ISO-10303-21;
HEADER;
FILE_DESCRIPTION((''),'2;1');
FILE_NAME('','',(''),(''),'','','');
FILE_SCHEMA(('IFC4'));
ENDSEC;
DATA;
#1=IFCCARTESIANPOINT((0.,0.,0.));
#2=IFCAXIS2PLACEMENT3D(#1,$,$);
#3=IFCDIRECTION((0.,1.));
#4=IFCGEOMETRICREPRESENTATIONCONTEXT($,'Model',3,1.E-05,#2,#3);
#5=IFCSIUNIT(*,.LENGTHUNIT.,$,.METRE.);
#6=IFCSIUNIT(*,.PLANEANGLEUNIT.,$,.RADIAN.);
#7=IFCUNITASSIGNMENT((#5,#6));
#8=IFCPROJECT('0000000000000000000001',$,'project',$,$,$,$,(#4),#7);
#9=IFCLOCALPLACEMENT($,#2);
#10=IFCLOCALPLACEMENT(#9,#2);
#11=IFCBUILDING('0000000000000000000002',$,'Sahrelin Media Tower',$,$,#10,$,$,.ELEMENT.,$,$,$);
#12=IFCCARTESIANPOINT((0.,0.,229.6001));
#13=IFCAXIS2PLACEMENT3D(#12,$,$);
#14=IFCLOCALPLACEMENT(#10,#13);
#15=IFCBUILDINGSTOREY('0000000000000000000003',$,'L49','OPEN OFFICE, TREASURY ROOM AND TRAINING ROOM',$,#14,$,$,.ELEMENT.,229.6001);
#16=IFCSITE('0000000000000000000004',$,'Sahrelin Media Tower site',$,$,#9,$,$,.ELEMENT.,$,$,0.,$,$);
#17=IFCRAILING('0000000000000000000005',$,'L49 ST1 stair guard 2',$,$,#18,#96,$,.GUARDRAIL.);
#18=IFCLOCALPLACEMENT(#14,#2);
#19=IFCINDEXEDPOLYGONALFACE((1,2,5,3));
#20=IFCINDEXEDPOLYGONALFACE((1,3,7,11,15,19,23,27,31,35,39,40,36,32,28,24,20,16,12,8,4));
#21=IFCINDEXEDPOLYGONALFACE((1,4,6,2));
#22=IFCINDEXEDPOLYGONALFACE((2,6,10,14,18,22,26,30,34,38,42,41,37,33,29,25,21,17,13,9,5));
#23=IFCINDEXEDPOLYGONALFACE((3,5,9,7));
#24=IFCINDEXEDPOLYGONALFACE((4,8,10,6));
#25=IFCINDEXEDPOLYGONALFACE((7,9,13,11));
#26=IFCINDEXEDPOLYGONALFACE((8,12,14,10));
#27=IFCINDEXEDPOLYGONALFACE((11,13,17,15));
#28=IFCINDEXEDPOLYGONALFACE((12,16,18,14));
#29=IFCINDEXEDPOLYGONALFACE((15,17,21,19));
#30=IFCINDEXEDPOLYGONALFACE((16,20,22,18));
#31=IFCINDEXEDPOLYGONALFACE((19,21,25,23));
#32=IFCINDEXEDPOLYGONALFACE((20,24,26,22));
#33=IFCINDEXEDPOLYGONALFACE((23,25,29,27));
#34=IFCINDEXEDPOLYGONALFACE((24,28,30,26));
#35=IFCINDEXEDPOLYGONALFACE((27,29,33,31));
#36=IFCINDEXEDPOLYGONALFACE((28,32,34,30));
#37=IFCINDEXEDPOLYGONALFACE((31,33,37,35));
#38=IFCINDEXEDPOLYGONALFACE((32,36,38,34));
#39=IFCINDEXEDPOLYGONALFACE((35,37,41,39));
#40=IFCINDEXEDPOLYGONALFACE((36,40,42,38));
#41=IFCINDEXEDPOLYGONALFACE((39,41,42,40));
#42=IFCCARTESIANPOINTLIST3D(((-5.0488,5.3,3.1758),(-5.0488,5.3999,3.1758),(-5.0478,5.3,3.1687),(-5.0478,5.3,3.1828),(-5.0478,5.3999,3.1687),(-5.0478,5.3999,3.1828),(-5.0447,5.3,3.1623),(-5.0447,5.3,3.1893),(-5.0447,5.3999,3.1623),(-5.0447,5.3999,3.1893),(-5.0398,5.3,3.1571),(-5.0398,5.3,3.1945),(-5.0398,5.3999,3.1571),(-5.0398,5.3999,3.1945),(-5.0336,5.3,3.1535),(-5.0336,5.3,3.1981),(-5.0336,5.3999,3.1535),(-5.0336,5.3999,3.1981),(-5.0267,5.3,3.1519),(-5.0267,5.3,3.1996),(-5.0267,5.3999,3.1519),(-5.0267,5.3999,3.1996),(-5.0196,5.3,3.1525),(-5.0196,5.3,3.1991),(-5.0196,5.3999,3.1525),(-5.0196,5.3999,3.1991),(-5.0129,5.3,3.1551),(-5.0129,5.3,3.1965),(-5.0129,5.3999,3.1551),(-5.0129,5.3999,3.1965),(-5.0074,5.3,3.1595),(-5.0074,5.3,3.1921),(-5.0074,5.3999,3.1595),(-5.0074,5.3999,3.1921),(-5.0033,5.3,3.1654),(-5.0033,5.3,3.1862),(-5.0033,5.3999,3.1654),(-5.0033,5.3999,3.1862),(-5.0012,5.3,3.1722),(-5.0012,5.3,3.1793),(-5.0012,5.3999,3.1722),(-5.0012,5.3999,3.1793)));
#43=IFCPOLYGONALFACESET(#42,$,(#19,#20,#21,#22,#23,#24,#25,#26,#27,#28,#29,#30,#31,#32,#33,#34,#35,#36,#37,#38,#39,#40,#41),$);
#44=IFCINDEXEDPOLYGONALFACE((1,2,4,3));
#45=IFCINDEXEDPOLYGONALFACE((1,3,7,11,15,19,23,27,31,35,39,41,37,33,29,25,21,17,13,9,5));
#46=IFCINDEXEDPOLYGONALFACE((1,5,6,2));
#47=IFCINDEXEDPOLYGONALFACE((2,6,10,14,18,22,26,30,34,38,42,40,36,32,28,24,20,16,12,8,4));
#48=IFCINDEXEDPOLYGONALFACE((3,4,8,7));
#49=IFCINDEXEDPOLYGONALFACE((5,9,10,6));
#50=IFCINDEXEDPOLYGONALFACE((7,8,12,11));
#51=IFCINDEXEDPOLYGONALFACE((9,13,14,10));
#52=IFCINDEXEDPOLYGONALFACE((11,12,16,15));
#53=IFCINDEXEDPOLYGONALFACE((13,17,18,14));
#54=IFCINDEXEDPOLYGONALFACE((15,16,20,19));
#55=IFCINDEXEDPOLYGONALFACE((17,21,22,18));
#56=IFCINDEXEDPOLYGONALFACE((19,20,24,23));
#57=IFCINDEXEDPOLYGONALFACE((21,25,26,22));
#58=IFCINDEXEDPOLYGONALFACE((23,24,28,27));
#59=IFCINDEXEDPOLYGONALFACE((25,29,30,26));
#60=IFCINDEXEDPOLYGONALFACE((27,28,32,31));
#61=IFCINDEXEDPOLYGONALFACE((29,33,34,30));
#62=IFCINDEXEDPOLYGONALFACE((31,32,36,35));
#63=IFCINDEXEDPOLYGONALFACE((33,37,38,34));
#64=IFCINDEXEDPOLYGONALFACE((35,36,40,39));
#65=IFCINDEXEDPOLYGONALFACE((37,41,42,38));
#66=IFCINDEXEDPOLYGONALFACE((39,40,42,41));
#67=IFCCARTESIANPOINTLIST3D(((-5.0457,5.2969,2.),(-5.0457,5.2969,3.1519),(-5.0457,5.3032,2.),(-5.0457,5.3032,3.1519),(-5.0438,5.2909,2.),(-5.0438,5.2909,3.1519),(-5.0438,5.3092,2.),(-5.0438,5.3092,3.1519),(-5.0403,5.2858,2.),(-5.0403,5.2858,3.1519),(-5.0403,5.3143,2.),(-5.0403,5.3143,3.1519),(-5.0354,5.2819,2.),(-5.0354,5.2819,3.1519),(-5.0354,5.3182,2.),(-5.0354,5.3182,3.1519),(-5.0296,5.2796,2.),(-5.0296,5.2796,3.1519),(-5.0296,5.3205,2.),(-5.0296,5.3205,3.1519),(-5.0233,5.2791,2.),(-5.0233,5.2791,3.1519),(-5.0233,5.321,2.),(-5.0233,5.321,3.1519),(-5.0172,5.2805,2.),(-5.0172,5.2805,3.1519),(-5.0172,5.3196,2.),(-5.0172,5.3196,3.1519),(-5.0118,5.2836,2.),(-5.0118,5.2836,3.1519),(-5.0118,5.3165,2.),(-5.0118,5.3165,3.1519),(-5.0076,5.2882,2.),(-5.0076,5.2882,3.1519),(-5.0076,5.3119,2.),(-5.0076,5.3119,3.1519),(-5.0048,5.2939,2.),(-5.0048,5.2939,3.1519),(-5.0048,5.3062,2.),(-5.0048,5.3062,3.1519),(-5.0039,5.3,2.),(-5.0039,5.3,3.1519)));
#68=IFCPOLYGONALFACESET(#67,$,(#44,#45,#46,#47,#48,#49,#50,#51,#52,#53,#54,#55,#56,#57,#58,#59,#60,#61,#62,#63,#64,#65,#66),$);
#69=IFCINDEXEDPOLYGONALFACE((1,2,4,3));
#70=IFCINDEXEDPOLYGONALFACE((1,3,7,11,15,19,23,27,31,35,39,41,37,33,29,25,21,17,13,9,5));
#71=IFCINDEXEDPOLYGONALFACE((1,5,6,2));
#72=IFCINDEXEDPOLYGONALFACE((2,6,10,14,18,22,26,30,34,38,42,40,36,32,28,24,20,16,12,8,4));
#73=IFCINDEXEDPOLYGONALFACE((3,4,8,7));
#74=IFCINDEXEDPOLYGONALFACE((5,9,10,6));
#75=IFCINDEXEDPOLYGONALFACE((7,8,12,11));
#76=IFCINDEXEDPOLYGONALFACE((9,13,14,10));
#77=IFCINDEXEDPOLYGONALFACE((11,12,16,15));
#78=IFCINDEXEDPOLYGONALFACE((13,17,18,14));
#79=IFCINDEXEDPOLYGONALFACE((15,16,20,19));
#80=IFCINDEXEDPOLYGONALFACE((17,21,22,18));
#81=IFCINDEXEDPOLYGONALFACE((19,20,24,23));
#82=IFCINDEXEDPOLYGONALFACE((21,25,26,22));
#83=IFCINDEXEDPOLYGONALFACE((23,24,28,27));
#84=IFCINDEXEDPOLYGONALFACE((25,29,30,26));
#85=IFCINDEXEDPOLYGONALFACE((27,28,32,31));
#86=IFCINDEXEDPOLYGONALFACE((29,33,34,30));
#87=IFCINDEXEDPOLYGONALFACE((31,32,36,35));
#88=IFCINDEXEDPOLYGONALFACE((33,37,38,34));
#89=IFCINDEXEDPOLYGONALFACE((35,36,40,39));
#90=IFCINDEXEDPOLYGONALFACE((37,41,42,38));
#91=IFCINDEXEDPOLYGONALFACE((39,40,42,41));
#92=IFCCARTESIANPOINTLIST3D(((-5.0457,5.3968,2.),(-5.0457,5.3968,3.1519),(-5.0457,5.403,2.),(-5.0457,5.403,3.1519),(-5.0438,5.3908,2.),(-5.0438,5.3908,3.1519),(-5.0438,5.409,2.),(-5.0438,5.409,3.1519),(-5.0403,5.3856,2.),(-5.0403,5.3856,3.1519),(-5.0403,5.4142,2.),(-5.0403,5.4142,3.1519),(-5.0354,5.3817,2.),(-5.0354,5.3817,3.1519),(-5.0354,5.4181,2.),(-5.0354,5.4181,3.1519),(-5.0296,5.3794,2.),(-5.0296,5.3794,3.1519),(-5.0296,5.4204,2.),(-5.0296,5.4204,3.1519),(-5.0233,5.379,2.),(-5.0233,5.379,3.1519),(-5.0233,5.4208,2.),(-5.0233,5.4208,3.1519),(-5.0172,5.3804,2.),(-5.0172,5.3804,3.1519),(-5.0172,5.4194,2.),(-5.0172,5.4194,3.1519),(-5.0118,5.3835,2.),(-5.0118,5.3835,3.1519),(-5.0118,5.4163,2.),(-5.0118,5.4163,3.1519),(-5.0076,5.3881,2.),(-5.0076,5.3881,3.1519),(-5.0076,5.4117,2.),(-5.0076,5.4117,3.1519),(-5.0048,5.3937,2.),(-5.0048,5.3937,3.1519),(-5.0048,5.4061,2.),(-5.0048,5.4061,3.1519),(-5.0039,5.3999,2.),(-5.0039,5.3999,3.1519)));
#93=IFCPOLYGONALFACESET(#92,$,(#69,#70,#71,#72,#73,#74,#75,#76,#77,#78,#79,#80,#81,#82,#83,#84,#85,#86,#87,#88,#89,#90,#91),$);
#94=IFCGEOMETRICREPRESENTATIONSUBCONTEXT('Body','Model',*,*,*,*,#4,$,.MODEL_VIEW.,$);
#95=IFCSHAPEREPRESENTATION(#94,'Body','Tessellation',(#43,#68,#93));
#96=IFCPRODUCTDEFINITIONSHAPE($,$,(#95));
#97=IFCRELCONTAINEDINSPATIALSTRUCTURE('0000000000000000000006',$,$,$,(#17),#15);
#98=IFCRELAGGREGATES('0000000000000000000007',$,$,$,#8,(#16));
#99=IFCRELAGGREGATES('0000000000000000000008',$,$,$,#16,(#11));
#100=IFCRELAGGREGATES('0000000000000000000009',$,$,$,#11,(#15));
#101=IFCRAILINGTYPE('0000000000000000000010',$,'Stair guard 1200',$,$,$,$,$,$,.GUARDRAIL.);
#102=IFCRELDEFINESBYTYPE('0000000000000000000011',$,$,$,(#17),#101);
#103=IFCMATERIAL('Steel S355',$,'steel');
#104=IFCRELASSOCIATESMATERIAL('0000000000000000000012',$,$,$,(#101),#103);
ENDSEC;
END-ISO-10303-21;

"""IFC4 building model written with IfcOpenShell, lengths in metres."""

from ifc_helpers import new_model, si_unit, direction, frame, origin, origin_2d, place, context, subcontext, project, spatial, circle, extrude, material, type_object, element, save


model = new_model("IFC4")

# Units and contexts
model_context = context("Model", 3, precision=1e-05, world=origin(), true_north=direction((0.0, 1.0)))
body_context = subcontext(model_context, "Body", "Model", "MODEL_VIEW")
ifc_project = project(units=[si_unit("LENGTHUNIT", "METRE"), si_unit("PLANEANGLEUNIT", "RADIAN")], contexts=[model_context])

# Site, building, storey
site_placement = place(None, origin())
site = spatial("IfcSite", under=ifc_project, at=site_placement, Name="Sahrelin Media Tower site", CompositionType="ELEMENT", RefElevation=0.0)
building_placement = place(site_placement, origin())
building = spatial("IfcBuilding", under=site, at=building_placement, Name="Sahrelin Media Tower", CompositionType="ELEMENT")
storey_placement = place(building_placement, frame((0.0, 0.0, 229.6001)))
storey = spatial("IfcBuildingStorey", under=building, at=storey_placement, Name="L49", Description="OPEN OFFICE, TREASURY ROOM AND TRAINING ROOM", CompositionType="ELEMENT", Elevation=229.6001)

# Shared definitions
ifc_material_1 = material(Name="Steel S355", Category="steel")

# Railing
railing_type_1 = type_object("IfcRailingType", Name="Stair guard 1200", PredefinedType="GUARDRAIL", material=ifc_material_1)
railing_1_placement = place(storey_placement, frame((-5.0249, 5.3, 2.0)))
element("IfcRailing", 1, at=railing_1_placement, inside=storey, type_object=railing_type_1, Name="L49 ST1 stair guard 2", PredefinedType="GUARDRAIL", context=body_context, shape_type="SweptSolid", body=[
    extrude(circle(Radius=0.0239, at=origin_2d()), frame((0.0, 0.0, 1.1758), z_axis=(0.0, 1.0, 0.0), x_axis=(-1.0, 0.0, 0.0)), (0.0, 0.0, 1.0), 0.0999),
    extrude(circle(Radius=0.021, at=origin_2d()), origin(), (0.0, 0.0, 1.0), 1.1519),
    extrude(circle(Radius=0.021, at=origin_2d()), frame((0.0, 0.0999, 0.0)), (0.0, 0.0, 1.0), 1.1519),
])

save(model, "model.ifc")
